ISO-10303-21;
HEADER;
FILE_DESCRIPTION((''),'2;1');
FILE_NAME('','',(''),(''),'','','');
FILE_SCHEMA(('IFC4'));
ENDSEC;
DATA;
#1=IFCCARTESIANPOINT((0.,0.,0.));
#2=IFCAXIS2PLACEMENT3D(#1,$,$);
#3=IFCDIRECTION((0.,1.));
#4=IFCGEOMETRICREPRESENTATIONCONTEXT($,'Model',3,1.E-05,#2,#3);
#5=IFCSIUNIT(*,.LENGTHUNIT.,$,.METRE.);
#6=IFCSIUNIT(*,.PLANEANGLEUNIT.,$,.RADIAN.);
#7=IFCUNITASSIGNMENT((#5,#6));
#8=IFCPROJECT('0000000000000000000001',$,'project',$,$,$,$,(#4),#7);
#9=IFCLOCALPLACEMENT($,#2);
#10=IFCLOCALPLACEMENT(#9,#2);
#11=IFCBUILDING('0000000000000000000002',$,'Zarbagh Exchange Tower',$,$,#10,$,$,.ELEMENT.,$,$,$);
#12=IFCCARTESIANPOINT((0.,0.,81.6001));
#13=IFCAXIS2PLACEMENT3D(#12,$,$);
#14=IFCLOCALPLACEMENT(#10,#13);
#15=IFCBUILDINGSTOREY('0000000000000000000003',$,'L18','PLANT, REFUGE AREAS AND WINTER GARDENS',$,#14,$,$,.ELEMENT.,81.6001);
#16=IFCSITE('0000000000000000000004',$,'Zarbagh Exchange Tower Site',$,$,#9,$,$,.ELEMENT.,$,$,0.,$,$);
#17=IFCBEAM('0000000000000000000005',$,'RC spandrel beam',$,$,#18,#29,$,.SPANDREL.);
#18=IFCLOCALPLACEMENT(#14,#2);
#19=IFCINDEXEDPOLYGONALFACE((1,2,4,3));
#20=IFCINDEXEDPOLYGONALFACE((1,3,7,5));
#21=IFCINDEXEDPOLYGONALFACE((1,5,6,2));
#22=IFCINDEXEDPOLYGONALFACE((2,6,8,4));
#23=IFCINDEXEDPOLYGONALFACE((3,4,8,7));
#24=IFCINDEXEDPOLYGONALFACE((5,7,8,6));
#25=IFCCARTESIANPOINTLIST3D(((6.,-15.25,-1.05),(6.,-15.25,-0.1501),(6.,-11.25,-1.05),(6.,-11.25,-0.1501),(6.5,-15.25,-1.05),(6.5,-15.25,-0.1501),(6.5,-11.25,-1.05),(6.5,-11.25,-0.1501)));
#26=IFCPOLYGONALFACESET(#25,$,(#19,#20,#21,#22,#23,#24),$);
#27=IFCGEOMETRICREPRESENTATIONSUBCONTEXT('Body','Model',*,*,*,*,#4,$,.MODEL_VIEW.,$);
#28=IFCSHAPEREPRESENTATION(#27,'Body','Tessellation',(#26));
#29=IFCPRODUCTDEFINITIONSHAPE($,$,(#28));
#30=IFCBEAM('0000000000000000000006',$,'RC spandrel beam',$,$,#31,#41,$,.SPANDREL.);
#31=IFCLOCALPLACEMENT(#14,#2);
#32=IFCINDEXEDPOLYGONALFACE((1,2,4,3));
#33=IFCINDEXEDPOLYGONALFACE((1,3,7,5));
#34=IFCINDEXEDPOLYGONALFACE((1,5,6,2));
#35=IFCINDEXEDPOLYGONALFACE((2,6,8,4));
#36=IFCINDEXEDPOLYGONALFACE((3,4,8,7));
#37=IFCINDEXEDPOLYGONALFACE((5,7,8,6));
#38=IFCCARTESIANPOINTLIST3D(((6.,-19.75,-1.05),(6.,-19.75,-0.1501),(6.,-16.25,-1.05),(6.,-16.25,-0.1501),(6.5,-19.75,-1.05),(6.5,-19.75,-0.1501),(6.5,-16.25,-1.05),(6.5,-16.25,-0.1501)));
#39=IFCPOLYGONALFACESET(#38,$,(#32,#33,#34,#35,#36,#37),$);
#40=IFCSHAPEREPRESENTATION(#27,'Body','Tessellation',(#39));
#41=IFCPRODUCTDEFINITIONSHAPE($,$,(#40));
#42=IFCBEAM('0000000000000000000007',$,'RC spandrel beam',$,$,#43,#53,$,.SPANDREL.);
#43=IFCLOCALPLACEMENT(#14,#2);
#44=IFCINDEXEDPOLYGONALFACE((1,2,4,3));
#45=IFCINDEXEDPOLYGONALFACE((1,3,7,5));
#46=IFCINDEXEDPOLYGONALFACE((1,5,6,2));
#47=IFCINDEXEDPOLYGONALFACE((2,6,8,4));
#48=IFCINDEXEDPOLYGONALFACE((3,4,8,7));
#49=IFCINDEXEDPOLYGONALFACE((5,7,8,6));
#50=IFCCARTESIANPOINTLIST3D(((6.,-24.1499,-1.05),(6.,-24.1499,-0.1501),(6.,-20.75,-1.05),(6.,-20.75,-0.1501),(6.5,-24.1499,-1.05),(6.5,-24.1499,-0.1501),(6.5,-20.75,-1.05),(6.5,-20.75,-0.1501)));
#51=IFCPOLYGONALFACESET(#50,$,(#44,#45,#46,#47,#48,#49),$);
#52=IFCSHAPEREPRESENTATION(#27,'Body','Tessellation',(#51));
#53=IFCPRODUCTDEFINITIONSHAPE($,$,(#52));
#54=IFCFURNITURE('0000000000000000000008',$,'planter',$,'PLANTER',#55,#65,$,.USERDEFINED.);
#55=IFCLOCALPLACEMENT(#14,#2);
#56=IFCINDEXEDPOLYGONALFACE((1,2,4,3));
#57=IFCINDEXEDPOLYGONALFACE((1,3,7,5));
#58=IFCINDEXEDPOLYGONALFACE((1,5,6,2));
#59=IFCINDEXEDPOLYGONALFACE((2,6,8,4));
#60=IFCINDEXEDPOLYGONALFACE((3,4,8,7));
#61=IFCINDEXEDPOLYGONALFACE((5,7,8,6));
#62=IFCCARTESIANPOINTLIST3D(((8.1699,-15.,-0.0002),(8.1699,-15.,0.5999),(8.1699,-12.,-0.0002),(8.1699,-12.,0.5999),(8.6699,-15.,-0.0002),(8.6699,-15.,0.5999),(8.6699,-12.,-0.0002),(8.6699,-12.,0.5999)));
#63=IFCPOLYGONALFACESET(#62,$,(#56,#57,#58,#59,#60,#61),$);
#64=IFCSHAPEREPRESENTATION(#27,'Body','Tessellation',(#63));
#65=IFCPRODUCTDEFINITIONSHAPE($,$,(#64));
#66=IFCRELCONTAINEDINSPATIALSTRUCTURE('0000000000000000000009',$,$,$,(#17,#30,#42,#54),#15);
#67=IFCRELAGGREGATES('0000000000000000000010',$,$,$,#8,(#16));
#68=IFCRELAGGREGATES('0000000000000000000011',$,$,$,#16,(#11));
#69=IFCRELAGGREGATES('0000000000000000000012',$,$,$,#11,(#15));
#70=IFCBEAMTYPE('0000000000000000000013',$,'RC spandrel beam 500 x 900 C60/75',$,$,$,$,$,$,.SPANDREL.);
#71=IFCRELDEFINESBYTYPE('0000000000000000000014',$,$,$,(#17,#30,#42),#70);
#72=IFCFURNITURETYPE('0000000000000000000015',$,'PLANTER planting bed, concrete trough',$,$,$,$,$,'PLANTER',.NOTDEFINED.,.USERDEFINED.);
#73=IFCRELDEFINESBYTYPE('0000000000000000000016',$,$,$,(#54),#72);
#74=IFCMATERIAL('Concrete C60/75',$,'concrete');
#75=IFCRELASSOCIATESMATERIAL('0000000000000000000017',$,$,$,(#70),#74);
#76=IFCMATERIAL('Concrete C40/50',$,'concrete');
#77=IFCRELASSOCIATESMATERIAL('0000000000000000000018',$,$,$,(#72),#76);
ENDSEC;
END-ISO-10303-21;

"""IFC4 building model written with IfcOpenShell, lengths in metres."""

from ifc_helpers import new_model, si_unit, direction, frame, origin, origin_2d, place, context, subcontext, project, spatial, rectangle, extrude, material, material_profile, profile_set, type_object, element, save


model = new_model("IFC4")

# Units and contexts
model_context = context("Model", 3, precision=1e-05, world=origin(), true_north=direction((0.0, 1.0)))
body_context = subcontext(model_context, "Body", "Model", "MODEL_VIEW")
ifc_project = project(units=[si_unit("LENGTHUNIT", "METRE"), si_unit("PLANEANGLEUNIT", "RADIAN")], contexts=[model_context])

# Site, building, storey
site_placement = place(None, origin())
site = spatial("IfcSite", under=ifc_project, at=site_placement, Name="Zarbagh Exchange Tower Site", CompositionType="ELEMENT", RefElevation=0.0)
building_placement = place(site_placement, origin())
building = spatial("IfcBuilding", under=site, at=building_placement, Name="Zarbagh Exchange Tower", CompositionType="ELEMENT")
storey_placement = place(building_placement, frame((0.0, 0.0, 81.6001)))
storey = spatial("IfcBuildingStorey", under=building, at=storey_placement, Name="L18", Description="PLANT, REFUGE AREAS AND WINTER GARDENS", CompositionType="ELEMENT", Elevation=81.6001)

# Shared definitions
ifc_material_1 = material(Name="Concrete C60/75", Category="concrete")

# Beams
ifc_material_2 = material(Name="Concrete C40/50", Category="concrete")
ifc_material_profile_1 = material_profile(ifc_material_1, rectangle(XDim=0.5, YDim=0.8999, at=origin_2d()), Name="RC spandrel beam 500 x 900 C60/75")
ifc_profile_set_1 = profile_set([ifc_material_profile_1], Name="Concrete C60/75")
beam_type_1 = type_object("IfcBeamType", Name="RC spandrel beam 500 x 900 C60/75", PredefinedType="SPANDREL", material=ifc_profile_set_1)
beam_1_placement = place(storey_placement, frame((6.25, -11.25, -0.6001), z_axis=(0.0, -1.0, 0.0), x_axis=(1.0, 0.0, 0.0)))
element("IfcBeam", 1, at=beam_1_placement, inside=storey, type_object=beam_type_1, Name="RC spandrel beam", PredefinedType="SPANDREL", context=body_context, shape_type="SweptSolid", body=[
    extrude(rectangle(XDim=0.5, YDim=0.8999, at=origin_2d()), origin(), (0.0, 0.0, 1.0), 4.0),
])
beam_2_placement = place(storey_placement, frame((6.25, -16.25, -0.6001), z_axis=(0.0, -1.0, 0.0), x_axis=(1.0, 0.0, 0.0)))
element("IfcBeam", 2, at=beam_2_placement, inside=storey, type_object=beam_type_1, Name="RC spandrel beam", PredefinedType="SPANDREL", context=body_context, shape_type="SweptSolid", body=[
    extrude(rectangle(XDim=0.5, YDim=0.8999, at=origin_2d()), origin(), (0.0, 0.0, 1.0), 3.5),
])
beam_3_placement = place(storey_placement, frame((6.25, -20.75, -0.6001), z_axis=(0.0, -1.0, 0.0), x_axis=(1.0, 0.0, 0.0)))
element("IfcBeam", 3, at=beam_3_placement, inside=storey, type_object=beam_type_1, Name="RC spandrel beam", PredefinedType="SPANDREL", context=body_context, shape_type="SweptSolid", body=[
    extrude(rectangle(XDim=0.5, YDim=0.8999, at=origin_2d()), origin(), (0.0, 0.0, 1.0), 3.3999),
])

# Furniture
furniture_type = type_object("IfcFurnitureType", Name="PLANTER planting bed, concrete trough", ElementType="PLANTER", AssemblyPlace="NOTDEFINED", PredefinedType="USERDEFINED", material=ifc_material_2)
furniture_placement = place(storey_placement, frame((8.4199, -13.5, -0.0002), z_axis=(0.0, 0.0, 1.0), x_axis=(0.0, -1.0, 0.0)))
element("IfcFurniture", 4, at=furniture_placement, inside=storey, type_object=furniture_type, Name="planter", ObjectType="PLANTER", PredefinedType="USERDEFINED", context=body_context, shape_type="SweptSolid", body=[
    extrude(rectangle(XDim=3.0, YDim=0.5, at=origin_2d()), origin(), (0.0, 0.0, 1.0), 0.6001),
])

save(model, "model.ifc")
